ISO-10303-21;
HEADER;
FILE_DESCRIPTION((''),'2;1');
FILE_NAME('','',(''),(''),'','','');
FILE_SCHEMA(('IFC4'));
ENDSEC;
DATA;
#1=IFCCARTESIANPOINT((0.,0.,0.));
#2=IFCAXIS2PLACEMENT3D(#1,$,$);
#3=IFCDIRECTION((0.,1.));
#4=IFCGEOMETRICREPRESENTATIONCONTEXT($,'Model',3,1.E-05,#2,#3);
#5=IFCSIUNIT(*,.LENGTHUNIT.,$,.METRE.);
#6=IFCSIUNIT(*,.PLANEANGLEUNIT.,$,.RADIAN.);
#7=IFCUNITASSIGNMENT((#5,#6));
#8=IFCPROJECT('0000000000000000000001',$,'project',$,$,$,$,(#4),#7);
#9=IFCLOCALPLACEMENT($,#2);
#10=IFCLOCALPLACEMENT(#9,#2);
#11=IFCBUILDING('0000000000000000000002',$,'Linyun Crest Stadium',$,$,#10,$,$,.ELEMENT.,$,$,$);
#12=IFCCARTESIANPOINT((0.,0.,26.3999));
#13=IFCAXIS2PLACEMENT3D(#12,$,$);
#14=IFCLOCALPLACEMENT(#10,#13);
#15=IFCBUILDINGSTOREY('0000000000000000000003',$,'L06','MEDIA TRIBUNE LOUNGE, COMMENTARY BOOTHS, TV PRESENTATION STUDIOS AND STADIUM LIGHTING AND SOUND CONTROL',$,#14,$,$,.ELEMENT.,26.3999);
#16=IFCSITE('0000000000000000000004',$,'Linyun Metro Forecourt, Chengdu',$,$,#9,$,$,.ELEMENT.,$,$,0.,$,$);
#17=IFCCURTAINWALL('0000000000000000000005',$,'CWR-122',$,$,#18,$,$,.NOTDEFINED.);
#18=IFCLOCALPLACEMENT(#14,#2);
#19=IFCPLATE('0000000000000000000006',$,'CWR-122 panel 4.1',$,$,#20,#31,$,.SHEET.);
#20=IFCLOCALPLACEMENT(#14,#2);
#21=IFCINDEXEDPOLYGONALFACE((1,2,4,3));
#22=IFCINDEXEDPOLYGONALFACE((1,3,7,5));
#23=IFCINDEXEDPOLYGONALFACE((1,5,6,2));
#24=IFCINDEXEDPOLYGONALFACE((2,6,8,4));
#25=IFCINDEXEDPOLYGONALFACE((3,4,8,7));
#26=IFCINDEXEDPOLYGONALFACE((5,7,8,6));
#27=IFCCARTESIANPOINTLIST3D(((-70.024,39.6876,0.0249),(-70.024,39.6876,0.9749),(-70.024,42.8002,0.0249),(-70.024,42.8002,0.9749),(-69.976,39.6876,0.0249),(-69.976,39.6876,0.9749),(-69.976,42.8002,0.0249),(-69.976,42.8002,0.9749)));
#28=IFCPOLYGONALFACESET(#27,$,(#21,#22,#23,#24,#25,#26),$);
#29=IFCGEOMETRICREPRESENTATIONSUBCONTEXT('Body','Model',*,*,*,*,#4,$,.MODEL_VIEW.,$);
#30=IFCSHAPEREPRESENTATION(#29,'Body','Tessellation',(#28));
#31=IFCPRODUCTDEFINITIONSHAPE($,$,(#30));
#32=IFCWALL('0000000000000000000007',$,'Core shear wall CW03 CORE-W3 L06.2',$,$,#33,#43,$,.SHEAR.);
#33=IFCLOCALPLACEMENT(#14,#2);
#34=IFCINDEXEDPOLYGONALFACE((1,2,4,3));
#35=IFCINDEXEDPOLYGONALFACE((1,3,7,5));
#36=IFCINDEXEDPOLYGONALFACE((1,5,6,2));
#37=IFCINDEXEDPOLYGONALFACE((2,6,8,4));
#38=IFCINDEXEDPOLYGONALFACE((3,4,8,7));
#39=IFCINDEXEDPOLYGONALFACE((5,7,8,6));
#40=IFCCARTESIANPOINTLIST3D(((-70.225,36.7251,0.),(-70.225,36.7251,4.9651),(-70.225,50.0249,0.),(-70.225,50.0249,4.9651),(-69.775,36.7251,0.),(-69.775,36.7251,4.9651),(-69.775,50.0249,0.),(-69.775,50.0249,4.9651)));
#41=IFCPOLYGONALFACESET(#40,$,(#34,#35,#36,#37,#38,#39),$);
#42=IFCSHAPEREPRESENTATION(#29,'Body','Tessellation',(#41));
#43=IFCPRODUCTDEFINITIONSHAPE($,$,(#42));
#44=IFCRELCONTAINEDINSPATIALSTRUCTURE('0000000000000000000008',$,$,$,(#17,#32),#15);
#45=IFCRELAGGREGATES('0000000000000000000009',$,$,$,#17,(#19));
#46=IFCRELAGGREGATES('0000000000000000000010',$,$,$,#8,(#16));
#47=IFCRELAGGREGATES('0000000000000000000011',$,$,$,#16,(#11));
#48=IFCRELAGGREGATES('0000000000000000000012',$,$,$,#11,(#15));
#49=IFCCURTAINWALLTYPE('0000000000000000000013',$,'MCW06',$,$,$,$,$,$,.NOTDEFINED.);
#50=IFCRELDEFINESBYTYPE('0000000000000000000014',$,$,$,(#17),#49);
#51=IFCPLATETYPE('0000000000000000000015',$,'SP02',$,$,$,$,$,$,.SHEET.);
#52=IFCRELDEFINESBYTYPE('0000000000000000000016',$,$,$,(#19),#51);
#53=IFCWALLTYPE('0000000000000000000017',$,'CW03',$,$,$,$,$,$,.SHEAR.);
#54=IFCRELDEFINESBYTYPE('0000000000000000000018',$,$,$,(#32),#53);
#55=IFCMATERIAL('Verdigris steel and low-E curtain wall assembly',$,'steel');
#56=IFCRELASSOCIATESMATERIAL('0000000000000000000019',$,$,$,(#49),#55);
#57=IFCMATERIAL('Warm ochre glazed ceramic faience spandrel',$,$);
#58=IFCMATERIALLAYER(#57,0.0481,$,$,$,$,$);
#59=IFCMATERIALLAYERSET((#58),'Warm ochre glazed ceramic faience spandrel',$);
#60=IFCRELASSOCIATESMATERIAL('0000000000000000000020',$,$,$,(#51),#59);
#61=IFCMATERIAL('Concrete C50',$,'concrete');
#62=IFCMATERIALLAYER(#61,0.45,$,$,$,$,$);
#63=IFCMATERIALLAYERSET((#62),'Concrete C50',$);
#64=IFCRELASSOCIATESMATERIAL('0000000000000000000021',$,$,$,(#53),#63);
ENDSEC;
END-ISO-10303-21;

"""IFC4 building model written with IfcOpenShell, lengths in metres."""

from ifc_helpers import new_model, si_unit, direction, frame, frame_2d, origin, origin_2d, place, context, subcontext, project, spatial, rectangle, extrude, material, layer, layer_set, type_object, element, aggregate, save


model = new_model("IFC4")

# Units and contexts
model_context = context("Model", 3, precision=1e-05, world=origin(), true_north=direction((0.0, 1.0)))
body_context = subcontext(model_context, "Body", "Model", "MODEL_VIEW")
ifc_project = project(units=[si_unit("LENGTHUNIT", "METRE"), si_unit("PLANEANGLEUNIT", "RADIAN")], contexts=[model_context])

# Site, building, storey
site_placement = place(None, origin())
site = spatial("IfcSite", under=ifc_project, at=site_placement, Name="Linyun Metro Forecourt, Chengdu", CompositionType="ELEMENT", RefElevation=0.0)
building_placement = place(site_placement, origin())
building = spatial("IfcBuilding", under=site, at=building_placement, Name="Linyun Crest Stadium", CompositionType="ELEMENT")
storey_placement = place(building_placement, frame((0.0, 0.0, 26.3999)))
storey = spatial("IfcBuildingStorey", under=building, at=storey_placement, Name="L06", Description="MEDIA TRIBUNE LOUNGE, COMMENTARY BOOTHS, TV PRESENTATION STUDIOS AND STADIUM LIGHTING AND SOUND CONTROL", CompositionType="ELEMENT", Elevation=26.3999)

# Curtain wall
ifc_material_1 = material(Name="Verdigris steel and low-E curtain wall assembly", Category="steel")
curtain_wall_type_1 = type_object("IfcCurtainWallType", Name="MCW06", PredefinedType="NOTDEFINED", material=ifc_material_1)
curtain_wall_1_placement = place(storey_placement, origin())
curtain_wall_1 = element("IfcCurtainWall", 1, at=curtain_wall_1_placement, inside=storey, type_object=curtain_wall_type_1, Name="CWR-122", PredefinedType="NOTDEFINED")

# Plate
ifc_material_2 = material(Name="Warm ochre glazed ceramic faience spandrel")
ifc_layer_1 = layer(ifc_material_2, 0.0481)
ifc_layer_set_1 = layer_set([ifc_layer_1], Name="Warm ochre glazed ceramic faience spandrel")
plate_type_1 = type_object("IfcPlateType", Name="SP02", PredefinedType="SHEET", material=ifc_layer_set_1)
plate_1_placement = place(storey_placement, frame((-70.0, 41.2439, 0.0249), z_axis=(0.0, 0.0, 1.0), x_axis=(0.0, 1.0, 0.0)))
plate_1 = element("IfcPlate", 2, at=plate_1_placement, type_object=plate_type_1, Name="CWR-122 panel 4.1", PredefinedType="SHEET", context=body_context, shape_type="SweptSolid", body=[
    extrude(rectangle(XDim=3.1125, YDim=0.0481, at=origin_2d()), origin(), (0.0, 0.0, 1.0), 0.95),
])
aggregate(curtain_wall_1, [plate_1])

# Wall
ifc_material_3 = material(Name="Concrete C50", Category="concrete")
ifc_layer_2 = layer(ifc_material_3, 0.45)
ifc_layer_set_2 = layer_set([ifc_layer_2], Name="Concrete C50")
wall_type = type_object("IfcWallType", Name="CW03", PredefinedType="SHEAR", material=ifc_layer_set_2)
wall_placement = place(storey_placement, frame((-70.0, 36.7251, 0.0), z_axis=(0.0, 0.0, 1.0), x_axis=(0.0, 1.0, 0.0)))
element("IfcWall", 3, at=wall_placement, inside=storey, type_object=wall_type, Name="Core shear wall CW03 CORE-W3 L06.2", PredefinedType="SHEAR", context=body_context, shape_type="SweptSolid", body=[
    extrude(rectangle(XDim=13.2998, YDim=0.45, at=frame_2d((6.6499, 0.0))), origin(), (0.0, 0.0, 1.0), 4.9651),
])

save(model, "model.ifc")
